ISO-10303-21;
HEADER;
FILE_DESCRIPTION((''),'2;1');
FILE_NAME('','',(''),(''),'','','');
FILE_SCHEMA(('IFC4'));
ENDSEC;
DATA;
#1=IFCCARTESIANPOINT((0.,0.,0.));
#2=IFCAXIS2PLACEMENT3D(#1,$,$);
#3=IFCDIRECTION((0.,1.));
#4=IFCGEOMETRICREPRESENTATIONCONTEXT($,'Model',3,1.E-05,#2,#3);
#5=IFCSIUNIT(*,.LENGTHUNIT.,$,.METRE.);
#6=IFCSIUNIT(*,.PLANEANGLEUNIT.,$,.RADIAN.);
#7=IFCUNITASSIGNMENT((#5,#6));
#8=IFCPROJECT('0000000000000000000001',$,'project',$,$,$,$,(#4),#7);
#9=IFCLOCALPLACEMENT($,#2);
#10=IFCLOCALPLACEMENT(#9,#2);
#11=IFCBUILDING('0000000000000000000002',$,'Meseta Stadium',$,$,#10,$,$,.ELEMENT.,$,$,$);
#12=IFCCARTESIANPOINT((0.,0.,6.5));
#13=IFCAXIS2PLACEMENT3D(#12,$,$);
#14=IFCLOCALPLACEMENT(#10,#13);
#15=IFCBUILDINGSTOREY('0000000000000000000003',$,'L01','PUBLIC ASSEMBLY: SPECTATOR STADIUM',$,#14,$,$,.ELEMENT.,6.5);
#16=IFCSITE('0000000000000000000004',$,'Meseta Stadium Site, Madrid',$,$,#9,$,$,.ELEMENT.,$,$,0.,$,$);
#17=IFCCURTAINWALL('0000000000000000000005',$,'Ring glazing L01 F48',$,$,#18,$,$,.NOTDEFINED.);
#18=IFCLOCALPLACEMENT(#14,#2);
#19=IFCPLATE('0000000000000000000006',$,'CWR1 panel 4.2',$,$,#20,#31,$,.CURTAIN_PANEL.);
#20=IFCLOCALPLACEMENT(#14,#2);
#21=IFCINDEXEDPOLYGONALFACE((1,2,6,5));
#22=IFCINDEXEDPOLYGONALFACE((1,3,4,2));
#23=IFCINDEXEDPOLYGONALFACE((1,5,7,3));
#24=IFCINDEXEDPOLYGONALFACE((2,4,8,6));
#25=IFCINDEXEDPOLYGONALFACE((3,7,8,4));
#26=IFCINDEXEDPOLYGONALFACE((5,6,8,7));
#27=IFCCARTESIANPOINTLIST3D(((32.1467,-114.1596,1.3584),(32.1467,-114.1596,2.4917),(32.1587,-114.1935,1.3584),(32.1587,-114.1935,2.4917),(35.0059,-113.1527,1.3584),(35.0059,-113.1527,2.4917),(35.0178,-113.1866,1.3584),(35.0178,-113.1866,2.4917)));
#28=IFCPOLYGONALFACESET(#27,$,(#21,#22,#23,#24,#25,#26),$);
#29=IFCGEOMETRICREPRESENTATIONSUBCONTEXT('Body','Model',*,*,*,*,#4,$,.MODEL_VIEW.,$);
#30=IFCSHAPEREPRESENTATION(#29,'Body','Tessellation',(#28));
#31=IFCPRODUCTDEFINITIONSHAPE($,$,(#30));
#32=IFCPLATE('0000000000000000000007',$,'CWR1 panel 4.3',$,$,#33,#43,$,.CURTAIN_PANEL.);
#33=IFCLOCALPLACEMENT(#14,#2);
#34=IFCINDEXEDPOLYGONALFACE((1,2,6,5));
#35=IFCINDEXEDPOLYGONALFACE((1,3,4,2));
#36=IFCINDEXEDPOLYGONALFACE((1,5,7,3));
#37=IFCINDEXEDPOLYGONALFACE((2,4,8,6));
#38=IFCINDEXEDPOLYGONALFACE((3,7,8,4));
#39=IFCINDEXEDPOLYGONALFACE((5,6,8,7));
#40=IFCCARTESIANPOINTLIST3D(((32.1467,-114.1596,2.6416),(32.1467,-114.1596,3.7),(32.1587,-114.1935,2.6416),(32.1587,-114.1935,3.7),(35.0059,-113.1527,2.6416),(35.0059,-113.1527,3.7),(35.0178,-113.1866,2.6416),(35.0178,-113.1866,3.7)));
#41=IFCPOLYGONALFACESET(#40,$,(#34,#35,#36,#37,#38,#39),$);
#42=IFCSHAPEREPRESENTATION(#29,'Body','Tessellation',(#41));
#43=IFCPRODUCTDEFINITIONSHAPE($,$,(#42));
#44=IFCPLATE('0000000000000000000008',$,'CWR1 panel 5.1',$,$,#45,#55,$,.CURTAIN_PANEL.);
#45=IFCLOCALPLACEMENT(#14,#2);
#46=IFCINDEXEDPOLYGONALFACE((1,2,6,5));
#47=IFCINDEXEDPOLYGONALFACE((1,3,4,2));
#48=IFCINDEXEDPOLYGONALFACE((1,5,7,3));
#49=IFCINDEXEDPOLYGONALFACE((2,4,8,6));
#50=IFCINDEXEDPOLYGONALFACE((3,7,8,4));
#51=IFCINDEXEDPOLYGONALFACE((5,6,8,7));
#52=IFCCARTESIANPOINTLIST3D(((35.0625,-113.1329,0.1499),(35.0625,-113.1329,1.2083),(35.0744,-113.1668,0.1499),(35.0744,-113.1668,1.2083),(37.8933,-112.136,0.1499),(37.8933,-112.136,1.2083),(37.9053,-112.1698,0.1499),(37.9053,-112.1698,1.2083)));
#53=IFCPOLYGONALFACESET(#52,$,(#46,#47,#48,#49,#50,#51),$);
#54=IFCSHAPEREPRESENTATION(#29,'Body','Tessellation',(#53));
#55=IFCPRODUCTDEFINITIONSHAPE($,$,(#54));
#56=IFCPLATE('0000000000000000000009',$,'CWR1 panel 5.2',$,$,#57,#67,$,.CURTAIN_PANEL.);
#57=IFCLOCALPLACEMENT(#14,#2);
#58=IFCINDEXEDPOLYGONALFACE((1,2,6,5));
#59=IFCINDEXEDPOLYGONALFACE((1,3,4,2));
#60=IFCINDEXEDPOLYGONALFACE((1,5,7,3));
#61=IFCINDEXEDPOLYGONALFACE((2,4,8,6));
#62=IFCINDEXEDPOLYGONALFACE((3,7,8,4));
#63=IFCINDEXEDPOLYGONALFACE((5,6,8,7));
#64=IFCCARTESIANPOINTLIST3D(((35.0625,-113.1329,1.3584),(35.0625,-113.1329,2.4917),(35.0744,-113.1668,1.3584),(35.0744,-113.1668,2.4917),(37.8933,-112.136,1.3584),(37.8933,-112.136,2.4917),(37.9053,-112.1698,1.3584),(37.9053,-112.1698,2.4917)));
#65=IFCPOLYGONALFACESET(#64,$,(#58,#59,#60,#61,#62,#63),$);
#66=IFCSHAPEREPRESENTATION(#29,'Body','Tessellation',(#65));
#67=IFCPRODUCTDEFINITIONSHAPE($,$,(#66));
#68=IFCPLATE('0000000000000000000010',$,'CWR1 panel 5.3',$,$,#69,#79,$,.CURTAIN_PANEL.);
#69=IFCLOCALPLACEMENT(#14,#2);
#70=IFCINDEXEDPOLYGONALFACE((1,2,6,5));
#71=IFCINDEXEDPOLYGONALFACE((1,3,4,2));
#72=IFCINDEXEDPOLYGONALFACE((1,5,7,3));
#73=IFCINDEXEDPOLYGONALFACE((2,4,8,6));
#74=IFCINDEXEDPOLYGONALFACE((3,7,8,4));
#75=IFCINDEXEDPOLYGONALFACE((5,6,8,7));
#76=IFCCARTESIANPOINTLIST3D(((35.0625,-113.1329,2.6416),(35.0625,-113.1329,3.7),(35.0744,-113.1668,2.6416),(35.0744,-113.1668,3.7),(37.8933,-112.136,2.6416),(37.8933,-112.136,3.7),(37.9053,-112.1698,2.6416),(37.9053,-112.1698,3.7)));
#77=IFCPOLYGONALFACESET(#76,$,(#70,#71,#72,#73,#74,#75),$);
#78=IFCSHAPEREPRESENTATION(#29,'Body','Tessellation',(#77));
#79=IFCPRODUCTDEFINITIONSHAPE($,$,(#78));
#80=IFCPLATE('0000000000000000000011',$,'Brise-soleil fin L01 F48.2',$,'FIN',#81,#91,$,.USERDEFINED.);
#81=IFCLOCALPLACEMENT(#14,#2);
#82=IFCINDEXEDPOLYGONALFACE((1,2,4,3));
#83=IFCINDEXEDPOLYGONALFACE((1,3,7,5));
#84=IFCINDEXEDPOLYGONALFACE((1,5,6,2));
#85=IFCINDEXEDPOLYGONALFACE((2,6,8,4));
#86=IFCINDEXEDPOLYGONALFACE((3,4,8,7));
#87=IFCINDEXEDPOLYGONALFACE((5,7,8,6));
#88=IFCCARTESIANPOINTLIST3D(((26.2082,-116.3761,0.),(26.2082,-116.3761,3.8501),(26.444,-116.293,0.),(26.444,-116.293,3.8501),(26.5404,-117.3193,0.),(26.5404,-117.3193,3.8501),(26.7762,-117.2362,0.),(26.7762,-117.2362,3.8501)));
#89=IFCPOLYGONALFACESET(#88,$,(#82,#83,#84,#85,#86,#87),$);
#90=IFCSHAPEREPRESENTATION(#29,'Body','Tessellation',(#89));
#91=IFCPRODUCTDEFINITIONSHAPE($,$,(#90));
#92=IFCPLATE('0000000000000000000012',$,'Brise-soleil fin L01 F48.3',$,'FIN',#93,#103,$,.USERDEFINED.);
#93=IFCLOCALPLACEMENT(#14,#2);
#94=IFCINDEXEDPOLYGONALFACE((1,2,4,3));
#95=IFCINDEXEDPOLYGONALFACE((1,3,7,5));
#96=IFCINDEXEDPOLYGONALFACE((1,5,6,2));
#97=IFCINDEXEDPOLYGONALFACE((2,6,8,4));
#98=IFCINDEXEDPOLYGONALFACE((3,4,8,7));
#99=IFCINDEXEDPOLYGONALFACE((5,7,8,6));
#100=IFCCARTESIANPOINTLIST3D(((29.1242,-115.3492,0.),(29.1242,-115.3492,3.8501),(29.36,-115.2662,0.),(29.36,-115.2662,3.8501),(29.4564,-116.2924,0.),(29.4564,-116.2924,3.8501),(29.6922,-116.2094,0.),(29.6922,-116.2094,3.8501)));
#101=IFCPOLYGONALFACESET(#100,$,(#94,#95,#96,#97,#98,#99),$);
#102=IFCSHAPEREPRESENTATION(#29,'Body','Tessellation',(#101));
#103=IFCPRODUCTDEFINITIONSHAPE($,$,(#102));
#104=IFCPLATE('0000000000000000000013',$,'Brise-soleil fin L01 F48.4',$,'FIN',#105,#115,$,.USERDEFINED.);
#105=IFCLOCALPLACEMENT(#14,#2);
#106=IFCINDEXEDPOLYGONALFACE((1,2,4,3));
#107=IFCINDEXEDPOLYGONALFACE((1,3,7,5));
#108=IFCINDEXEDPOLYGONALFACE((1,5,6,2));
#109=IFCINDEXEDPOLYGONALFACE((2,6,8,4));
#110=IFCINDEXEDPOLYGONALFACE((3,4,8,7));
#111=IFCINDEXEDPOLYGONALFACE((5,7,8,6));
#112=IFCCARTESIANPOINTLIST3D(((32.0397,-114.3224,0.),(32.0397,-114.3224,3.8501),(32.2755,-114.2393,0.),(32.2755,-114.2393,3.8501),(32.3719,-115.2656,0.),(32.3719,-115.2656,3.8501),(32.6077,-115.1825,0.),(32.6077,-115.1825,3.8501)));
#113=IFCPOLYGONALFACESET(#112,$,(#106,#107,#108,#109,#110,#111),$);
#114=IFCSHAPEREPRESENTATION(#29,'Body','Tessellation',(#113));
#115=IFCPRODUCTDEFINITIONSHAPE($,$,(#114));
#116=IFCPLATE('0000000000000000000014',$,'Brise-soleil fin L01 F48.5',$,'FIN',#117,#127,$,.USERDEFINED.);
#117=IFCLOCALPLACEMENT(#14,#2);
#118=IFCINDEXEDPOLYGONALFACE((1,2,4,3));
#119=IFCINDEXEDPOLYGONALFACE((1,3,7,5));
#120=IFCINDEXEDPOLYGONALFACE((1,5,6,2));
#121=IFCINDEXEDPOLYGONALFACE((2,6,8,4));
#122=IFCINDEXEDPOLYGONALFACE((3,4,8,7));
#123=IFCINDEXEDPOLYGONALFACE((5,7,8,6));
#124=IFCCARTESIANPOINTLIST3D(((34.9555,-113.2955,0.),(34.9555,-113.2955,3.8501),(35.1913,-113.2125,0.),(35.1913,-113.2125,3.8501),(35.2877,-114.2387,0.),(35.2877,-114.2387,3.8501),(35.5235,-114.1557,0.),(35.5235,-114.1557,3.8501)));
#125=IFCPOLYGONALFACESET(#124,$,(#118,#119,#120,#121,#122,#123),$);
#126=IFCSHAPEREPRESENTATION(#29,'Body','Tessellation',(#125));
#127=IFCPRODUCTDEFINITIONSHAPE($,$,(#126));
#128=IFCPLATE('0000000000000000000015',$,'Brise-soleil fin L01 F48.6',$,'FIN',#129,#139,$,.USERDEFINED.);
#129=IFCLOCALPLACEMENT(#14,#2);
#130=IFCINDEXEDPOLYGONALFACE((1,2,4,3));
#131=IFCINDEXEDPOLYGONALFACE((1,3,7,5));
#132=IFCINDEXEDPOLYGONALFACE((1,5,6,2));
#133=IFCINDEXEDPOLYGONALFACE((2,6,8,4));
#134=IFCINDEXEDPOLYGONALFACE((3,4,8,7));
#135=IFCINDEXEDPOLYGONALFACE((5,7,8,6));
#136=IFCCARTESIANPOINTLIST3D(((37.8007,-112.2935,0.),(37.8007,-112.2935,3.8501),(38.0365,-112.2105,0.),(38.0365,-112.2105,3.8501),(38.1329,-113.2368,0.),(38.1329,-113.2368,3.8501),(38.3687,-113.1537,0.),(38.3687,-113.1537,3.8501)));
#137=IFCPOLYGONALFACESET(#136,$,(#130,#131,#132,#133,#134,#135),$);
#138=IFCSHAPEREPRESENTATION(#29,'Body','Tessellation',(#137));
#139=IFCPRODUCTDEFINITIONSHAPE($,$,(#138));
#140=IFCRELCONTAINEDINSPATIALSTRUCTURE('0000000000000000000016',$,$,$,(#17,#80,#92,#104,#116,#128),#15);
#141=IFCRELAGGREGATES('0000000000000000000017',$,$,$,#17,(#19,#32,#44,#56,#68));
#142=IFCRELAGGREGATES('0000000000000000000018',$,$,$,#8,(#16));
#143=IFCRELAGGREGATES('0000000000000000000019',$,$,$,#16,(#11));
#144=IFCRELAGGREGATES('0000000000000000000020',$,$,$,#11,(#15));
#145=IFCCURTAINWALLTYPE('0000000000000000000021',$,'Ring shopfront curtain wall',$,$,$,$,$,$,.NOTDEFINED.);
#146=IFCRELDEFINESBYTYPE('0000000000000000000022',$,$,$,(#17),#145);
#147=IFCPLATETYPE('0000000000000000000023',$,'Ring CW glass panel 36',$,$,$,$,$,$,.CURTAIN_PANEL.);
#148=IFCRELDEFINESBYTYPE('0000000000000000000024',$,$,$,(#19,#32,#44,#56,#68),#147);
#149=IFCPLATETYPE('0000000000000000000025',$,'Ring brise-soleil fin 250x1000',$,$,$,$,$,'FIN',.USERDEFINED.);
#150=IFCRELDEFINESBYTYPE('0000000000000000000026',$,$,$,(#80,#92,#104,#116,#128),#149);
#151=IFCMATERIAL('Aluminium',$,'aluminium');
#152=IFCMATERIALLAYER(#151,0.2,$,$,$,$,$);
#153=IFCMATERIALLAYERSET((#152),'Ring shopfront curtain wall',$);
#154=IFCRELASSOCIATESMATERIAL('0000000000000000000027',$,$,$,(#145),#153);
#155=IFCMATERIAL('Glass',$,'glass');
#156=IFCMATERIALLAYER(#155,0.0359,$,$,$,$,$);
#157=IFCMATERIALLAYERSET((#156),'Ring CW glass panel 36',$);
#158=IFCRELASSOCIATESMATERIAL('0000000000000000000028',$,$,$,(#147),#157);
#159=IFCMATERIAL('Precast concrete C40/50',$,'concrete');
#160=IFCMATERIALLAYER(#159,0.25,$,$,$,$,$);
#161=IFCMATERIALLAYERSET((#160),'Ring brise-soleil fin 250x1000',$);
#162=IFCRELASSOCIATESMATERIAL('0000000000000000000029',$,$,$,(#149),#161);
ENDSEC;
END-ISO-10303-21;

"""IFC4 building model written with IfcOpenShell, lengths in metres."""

from ifc_helpers import new_model, si_unit, direction, frame, origin, origin_2d, place, context, subcontext, project, spatial, rectangle, extrude, material, layer, layer_set, type_object, element, aggregate, save


model = new_model("IFC4")

# Units and contexts
model_context = context("Model", 3, precision=1e-05, world=origin(), true_north=direction((0.0, 1.0)))
body_context = subcontext(model_context, "Body", "Model", "MODEL_VIEW")
ifc_project = project(units=[si_unit("LENGTHUNIT", "METRE"), si_unit("PLANEANGLEUNIT", "RADIAN")], contexts=[model_context])

# Site, building, storey
site_placement = place(None, origin())
site = spatial("IfcSite", under=ifc_project, at=site_placement, Name="Meseta Stadium Site, Madrid", CompositionType="ELEMENT", RefElevation=0.0)
building_placement = place(site_placement, origin())
building = spatial("IfcBuilding", under=site, at=building_placement, Name="Meseta Stadium", CompositionType="ELEMENT")
storey_placement = place(building_placement, frame((0.0, 0.0, 6.5)))
storey = spatial("IfcBuildingStorey", under=building, at=storey_placement, Name="L01", Description="PUBLIC ASSEMBLY: SPECTATOR STADIUM", CompositionType="ELEMENT", Elevation=6.5)

# Curtain wall, plates
ifc_material_1 = material(Name="Aluminium", Category="aluminium")
ifc_layer_1 = layer(ifc_material_1, 0.2)
ifc_layer_set_1 = layer_set([ifc_layer_1], Name="Ring shopfront curtain wall")
curtain_wall_type = type_object("IfcCurtainWallType", Name="Ring shopfront curtain wall", PredefinedType="NOTDEFINED", material=ifc_layer_set_1)
curtain_wall_placement = place(storey_placement, origin())
curtain_wall = element("IfcCurtainWall", 1, at=curtain_wall_placement, inside=storey, type_object=curtain_wall_type, Name="Ring glazing L01 F48", PredefinedType="NOTDEFINED")
ifc_material_2 = material(Name="Glass", Category="glass")
ifc_layer_2 = layer(ifc_material_2, 0.0359)
ifc_layer_set_2 = layer_set([ifc_layer_2], Name="Ring CW glass panel 36")
plate_type_1 = type_object("IfcPlateType", Name="Ring CW glass panel 36", PredefinedType="CURTAIN_PANEL", material=ifc_layer_set_2)
plate_1_placement = place(storey_placement, frame((33.5823, -113.6731, 1.3584), z_axis=(0.0, 0.0, 1.0), x_axis=(0.943218, 0.332174, 0.0)))
plate_1 = element("IfcPlate", 2, at=plate_1_placement, type_object=plate_type_1, Name="CWR1 panel 4.2", PredefinedType="CURTAIN_PANEL", context=body_context, shape_type="SweptSolid", body=[
    extrude(rectangle(XDim=3.0312, YDim=0.0359, at=origin_2d()), origin(), (0.0, 0.0, 1.0), 1.1333),
])
plate_2_placement = place(storey_placement, frame((33.5823, -113.6731, 2.6416), z_axis=(0.0, 0.0, 1.0), x_axis=(0.943218, 0.332174, 0.0)))
plate_2 = element("IfcPlate", 3, at=plate_2_placement, type_object=plate_type_1, Name="CWR1 panel 4.3", PredefinedType="CURTAIN_PANEL", context=body_context, shape_type="SweptSolid", body=[
    extrude(rectangle(XDim=3.0312, YDim=0.0359, at=origin_2d()), origin(), (0.0, 0.0, 1.0), 1.0583),
])
plate_3_placement = place(storey_placement, frame((36.4839, -112.6514, 0.1499), z_axis=(0.0, 0.0, 1.0), x_axis=(0.943218, 0.332174, 0.0)))
plate_3 = element("IfcPlate", 4, at=plate_3_placement, type_object=plate_type_1, Name="CWR1 panel 5.1", PredefinedType="CURTAIN_PANEL", context=body_context, shape_type="SweptSolid", body=[
    extrude(rectangle(XDim=3.0012, YDim=0.0359, at=origin_2d()), origin(), (0.0, 0.0, 1.0), 1.0583),
])
plate_4_placement = place(storey_placement, frame((36.4839, -112.6514, 1.3584), z_axis=(0.0, 0.0, 1.0), x_axis=(0.943218, 0.332174, 0.0)))
plate_4 = element("IfcPlate", 5, at=plate_4_placement, type_object=plate_type_1, Name="CWR1 panel 5.2", PredefinedType="CURTAIN_PANEL", context=body_context, shape_type="SweptSolid", body=[
    extrude(rectangle(XDim=3.0012, YDim=0.0359, at=origin_2d()), origin(), (0.0, 0.0, 1.0), 1.1333),
])
plate_5_placement = place(storey_placement, frame((36.4839, -112.6514, 2.6416), z_axis=(0.0, 0.0, 1.0), x_axis=(0.943218, 0.332174, 0.0)))
plate_5 = element("IfcPlate", 6, at=plate_5_placement, type_object=plate_type_1, Name="CWR1 panel 5.3", PredefinedType="CURTAIN_PANEL", context=body_context, shape_type="SweptSolid", body=[
    extrude(rectangle(XDim=3.0012, YDim=0.0359, at=origin_2d()), origin(), (0.0, 0.0, 1.0), 1.0583),
])
aggregate(curtain_wall, [plate_1, plate_2, plate_3, plate_4, plate_5])

# Plates
ifc_material_3 = material(Name="Precast concrete C40/50", Category="concrete")
ifc_layer_3 = layer(ifc_material_3, 0.25)
ifc_layer_set_3 = layer_set([ifc_layer_3], Name="Ring brise-soleil fin 250x1000")
plate_type_2 = type_object("IfcPlateType", Name="Ring brise-soleil fin 250x1000", ElementType="FIN", PredefinedType="USERDEFINED", material=ifc_layer_set_3)
for number, where, z_axis, x_axis, name in (
    (7, (26.4922, -116.8062, 0.0), (0.0, 0.0, 1.0), (0.943217, 0.332176, 0.0), "Brise-soleil fin L01 F48.2"),
    (8, (29.4082, -115.7793, 0.0), (0.0, 0.0, 1.0), (0.943217, 0.332176, 0.0), "Brise-soleil fin L01 F48.3"),
    (9, (32.3237, -114.7524, 0.0), (0.0, 0.0, 1.0), (0.943217, 0.332176, 0.0), "Brise-soleil fin L01 F48.4"),
    (10, (35.2395, -113.7256, 0.0), (0.0, 0.0, 1.0), (0.943217, 0.332176, 0.0), "Brise-soleil fin L01 F48.5"),
    (11, (38.0847, -112.7236, 0.0), (0.0, 0.0, 1.0), (0.943217, 0.332176, 0.0), "Brise-soleil fin L01 F48.6"),
):
    element("IfcPlate", number, at=place(storey_placement, frame(where, z_axis=z_axis, x_axis=x_axis)), inside=storey, type_object=plate_type_2, Name=name, ObjectType="FIN", PredefinedType="USERDEFINED", context=body_context, shape_type="SweptSolid", body=[
        extrude(rectangle(XDim=0.25, YDim=1.0, at=origin_2d()), origin(), (0.0, 0.0, 1.0), 3.8501),
    ])

save(model, "model.ifc")
